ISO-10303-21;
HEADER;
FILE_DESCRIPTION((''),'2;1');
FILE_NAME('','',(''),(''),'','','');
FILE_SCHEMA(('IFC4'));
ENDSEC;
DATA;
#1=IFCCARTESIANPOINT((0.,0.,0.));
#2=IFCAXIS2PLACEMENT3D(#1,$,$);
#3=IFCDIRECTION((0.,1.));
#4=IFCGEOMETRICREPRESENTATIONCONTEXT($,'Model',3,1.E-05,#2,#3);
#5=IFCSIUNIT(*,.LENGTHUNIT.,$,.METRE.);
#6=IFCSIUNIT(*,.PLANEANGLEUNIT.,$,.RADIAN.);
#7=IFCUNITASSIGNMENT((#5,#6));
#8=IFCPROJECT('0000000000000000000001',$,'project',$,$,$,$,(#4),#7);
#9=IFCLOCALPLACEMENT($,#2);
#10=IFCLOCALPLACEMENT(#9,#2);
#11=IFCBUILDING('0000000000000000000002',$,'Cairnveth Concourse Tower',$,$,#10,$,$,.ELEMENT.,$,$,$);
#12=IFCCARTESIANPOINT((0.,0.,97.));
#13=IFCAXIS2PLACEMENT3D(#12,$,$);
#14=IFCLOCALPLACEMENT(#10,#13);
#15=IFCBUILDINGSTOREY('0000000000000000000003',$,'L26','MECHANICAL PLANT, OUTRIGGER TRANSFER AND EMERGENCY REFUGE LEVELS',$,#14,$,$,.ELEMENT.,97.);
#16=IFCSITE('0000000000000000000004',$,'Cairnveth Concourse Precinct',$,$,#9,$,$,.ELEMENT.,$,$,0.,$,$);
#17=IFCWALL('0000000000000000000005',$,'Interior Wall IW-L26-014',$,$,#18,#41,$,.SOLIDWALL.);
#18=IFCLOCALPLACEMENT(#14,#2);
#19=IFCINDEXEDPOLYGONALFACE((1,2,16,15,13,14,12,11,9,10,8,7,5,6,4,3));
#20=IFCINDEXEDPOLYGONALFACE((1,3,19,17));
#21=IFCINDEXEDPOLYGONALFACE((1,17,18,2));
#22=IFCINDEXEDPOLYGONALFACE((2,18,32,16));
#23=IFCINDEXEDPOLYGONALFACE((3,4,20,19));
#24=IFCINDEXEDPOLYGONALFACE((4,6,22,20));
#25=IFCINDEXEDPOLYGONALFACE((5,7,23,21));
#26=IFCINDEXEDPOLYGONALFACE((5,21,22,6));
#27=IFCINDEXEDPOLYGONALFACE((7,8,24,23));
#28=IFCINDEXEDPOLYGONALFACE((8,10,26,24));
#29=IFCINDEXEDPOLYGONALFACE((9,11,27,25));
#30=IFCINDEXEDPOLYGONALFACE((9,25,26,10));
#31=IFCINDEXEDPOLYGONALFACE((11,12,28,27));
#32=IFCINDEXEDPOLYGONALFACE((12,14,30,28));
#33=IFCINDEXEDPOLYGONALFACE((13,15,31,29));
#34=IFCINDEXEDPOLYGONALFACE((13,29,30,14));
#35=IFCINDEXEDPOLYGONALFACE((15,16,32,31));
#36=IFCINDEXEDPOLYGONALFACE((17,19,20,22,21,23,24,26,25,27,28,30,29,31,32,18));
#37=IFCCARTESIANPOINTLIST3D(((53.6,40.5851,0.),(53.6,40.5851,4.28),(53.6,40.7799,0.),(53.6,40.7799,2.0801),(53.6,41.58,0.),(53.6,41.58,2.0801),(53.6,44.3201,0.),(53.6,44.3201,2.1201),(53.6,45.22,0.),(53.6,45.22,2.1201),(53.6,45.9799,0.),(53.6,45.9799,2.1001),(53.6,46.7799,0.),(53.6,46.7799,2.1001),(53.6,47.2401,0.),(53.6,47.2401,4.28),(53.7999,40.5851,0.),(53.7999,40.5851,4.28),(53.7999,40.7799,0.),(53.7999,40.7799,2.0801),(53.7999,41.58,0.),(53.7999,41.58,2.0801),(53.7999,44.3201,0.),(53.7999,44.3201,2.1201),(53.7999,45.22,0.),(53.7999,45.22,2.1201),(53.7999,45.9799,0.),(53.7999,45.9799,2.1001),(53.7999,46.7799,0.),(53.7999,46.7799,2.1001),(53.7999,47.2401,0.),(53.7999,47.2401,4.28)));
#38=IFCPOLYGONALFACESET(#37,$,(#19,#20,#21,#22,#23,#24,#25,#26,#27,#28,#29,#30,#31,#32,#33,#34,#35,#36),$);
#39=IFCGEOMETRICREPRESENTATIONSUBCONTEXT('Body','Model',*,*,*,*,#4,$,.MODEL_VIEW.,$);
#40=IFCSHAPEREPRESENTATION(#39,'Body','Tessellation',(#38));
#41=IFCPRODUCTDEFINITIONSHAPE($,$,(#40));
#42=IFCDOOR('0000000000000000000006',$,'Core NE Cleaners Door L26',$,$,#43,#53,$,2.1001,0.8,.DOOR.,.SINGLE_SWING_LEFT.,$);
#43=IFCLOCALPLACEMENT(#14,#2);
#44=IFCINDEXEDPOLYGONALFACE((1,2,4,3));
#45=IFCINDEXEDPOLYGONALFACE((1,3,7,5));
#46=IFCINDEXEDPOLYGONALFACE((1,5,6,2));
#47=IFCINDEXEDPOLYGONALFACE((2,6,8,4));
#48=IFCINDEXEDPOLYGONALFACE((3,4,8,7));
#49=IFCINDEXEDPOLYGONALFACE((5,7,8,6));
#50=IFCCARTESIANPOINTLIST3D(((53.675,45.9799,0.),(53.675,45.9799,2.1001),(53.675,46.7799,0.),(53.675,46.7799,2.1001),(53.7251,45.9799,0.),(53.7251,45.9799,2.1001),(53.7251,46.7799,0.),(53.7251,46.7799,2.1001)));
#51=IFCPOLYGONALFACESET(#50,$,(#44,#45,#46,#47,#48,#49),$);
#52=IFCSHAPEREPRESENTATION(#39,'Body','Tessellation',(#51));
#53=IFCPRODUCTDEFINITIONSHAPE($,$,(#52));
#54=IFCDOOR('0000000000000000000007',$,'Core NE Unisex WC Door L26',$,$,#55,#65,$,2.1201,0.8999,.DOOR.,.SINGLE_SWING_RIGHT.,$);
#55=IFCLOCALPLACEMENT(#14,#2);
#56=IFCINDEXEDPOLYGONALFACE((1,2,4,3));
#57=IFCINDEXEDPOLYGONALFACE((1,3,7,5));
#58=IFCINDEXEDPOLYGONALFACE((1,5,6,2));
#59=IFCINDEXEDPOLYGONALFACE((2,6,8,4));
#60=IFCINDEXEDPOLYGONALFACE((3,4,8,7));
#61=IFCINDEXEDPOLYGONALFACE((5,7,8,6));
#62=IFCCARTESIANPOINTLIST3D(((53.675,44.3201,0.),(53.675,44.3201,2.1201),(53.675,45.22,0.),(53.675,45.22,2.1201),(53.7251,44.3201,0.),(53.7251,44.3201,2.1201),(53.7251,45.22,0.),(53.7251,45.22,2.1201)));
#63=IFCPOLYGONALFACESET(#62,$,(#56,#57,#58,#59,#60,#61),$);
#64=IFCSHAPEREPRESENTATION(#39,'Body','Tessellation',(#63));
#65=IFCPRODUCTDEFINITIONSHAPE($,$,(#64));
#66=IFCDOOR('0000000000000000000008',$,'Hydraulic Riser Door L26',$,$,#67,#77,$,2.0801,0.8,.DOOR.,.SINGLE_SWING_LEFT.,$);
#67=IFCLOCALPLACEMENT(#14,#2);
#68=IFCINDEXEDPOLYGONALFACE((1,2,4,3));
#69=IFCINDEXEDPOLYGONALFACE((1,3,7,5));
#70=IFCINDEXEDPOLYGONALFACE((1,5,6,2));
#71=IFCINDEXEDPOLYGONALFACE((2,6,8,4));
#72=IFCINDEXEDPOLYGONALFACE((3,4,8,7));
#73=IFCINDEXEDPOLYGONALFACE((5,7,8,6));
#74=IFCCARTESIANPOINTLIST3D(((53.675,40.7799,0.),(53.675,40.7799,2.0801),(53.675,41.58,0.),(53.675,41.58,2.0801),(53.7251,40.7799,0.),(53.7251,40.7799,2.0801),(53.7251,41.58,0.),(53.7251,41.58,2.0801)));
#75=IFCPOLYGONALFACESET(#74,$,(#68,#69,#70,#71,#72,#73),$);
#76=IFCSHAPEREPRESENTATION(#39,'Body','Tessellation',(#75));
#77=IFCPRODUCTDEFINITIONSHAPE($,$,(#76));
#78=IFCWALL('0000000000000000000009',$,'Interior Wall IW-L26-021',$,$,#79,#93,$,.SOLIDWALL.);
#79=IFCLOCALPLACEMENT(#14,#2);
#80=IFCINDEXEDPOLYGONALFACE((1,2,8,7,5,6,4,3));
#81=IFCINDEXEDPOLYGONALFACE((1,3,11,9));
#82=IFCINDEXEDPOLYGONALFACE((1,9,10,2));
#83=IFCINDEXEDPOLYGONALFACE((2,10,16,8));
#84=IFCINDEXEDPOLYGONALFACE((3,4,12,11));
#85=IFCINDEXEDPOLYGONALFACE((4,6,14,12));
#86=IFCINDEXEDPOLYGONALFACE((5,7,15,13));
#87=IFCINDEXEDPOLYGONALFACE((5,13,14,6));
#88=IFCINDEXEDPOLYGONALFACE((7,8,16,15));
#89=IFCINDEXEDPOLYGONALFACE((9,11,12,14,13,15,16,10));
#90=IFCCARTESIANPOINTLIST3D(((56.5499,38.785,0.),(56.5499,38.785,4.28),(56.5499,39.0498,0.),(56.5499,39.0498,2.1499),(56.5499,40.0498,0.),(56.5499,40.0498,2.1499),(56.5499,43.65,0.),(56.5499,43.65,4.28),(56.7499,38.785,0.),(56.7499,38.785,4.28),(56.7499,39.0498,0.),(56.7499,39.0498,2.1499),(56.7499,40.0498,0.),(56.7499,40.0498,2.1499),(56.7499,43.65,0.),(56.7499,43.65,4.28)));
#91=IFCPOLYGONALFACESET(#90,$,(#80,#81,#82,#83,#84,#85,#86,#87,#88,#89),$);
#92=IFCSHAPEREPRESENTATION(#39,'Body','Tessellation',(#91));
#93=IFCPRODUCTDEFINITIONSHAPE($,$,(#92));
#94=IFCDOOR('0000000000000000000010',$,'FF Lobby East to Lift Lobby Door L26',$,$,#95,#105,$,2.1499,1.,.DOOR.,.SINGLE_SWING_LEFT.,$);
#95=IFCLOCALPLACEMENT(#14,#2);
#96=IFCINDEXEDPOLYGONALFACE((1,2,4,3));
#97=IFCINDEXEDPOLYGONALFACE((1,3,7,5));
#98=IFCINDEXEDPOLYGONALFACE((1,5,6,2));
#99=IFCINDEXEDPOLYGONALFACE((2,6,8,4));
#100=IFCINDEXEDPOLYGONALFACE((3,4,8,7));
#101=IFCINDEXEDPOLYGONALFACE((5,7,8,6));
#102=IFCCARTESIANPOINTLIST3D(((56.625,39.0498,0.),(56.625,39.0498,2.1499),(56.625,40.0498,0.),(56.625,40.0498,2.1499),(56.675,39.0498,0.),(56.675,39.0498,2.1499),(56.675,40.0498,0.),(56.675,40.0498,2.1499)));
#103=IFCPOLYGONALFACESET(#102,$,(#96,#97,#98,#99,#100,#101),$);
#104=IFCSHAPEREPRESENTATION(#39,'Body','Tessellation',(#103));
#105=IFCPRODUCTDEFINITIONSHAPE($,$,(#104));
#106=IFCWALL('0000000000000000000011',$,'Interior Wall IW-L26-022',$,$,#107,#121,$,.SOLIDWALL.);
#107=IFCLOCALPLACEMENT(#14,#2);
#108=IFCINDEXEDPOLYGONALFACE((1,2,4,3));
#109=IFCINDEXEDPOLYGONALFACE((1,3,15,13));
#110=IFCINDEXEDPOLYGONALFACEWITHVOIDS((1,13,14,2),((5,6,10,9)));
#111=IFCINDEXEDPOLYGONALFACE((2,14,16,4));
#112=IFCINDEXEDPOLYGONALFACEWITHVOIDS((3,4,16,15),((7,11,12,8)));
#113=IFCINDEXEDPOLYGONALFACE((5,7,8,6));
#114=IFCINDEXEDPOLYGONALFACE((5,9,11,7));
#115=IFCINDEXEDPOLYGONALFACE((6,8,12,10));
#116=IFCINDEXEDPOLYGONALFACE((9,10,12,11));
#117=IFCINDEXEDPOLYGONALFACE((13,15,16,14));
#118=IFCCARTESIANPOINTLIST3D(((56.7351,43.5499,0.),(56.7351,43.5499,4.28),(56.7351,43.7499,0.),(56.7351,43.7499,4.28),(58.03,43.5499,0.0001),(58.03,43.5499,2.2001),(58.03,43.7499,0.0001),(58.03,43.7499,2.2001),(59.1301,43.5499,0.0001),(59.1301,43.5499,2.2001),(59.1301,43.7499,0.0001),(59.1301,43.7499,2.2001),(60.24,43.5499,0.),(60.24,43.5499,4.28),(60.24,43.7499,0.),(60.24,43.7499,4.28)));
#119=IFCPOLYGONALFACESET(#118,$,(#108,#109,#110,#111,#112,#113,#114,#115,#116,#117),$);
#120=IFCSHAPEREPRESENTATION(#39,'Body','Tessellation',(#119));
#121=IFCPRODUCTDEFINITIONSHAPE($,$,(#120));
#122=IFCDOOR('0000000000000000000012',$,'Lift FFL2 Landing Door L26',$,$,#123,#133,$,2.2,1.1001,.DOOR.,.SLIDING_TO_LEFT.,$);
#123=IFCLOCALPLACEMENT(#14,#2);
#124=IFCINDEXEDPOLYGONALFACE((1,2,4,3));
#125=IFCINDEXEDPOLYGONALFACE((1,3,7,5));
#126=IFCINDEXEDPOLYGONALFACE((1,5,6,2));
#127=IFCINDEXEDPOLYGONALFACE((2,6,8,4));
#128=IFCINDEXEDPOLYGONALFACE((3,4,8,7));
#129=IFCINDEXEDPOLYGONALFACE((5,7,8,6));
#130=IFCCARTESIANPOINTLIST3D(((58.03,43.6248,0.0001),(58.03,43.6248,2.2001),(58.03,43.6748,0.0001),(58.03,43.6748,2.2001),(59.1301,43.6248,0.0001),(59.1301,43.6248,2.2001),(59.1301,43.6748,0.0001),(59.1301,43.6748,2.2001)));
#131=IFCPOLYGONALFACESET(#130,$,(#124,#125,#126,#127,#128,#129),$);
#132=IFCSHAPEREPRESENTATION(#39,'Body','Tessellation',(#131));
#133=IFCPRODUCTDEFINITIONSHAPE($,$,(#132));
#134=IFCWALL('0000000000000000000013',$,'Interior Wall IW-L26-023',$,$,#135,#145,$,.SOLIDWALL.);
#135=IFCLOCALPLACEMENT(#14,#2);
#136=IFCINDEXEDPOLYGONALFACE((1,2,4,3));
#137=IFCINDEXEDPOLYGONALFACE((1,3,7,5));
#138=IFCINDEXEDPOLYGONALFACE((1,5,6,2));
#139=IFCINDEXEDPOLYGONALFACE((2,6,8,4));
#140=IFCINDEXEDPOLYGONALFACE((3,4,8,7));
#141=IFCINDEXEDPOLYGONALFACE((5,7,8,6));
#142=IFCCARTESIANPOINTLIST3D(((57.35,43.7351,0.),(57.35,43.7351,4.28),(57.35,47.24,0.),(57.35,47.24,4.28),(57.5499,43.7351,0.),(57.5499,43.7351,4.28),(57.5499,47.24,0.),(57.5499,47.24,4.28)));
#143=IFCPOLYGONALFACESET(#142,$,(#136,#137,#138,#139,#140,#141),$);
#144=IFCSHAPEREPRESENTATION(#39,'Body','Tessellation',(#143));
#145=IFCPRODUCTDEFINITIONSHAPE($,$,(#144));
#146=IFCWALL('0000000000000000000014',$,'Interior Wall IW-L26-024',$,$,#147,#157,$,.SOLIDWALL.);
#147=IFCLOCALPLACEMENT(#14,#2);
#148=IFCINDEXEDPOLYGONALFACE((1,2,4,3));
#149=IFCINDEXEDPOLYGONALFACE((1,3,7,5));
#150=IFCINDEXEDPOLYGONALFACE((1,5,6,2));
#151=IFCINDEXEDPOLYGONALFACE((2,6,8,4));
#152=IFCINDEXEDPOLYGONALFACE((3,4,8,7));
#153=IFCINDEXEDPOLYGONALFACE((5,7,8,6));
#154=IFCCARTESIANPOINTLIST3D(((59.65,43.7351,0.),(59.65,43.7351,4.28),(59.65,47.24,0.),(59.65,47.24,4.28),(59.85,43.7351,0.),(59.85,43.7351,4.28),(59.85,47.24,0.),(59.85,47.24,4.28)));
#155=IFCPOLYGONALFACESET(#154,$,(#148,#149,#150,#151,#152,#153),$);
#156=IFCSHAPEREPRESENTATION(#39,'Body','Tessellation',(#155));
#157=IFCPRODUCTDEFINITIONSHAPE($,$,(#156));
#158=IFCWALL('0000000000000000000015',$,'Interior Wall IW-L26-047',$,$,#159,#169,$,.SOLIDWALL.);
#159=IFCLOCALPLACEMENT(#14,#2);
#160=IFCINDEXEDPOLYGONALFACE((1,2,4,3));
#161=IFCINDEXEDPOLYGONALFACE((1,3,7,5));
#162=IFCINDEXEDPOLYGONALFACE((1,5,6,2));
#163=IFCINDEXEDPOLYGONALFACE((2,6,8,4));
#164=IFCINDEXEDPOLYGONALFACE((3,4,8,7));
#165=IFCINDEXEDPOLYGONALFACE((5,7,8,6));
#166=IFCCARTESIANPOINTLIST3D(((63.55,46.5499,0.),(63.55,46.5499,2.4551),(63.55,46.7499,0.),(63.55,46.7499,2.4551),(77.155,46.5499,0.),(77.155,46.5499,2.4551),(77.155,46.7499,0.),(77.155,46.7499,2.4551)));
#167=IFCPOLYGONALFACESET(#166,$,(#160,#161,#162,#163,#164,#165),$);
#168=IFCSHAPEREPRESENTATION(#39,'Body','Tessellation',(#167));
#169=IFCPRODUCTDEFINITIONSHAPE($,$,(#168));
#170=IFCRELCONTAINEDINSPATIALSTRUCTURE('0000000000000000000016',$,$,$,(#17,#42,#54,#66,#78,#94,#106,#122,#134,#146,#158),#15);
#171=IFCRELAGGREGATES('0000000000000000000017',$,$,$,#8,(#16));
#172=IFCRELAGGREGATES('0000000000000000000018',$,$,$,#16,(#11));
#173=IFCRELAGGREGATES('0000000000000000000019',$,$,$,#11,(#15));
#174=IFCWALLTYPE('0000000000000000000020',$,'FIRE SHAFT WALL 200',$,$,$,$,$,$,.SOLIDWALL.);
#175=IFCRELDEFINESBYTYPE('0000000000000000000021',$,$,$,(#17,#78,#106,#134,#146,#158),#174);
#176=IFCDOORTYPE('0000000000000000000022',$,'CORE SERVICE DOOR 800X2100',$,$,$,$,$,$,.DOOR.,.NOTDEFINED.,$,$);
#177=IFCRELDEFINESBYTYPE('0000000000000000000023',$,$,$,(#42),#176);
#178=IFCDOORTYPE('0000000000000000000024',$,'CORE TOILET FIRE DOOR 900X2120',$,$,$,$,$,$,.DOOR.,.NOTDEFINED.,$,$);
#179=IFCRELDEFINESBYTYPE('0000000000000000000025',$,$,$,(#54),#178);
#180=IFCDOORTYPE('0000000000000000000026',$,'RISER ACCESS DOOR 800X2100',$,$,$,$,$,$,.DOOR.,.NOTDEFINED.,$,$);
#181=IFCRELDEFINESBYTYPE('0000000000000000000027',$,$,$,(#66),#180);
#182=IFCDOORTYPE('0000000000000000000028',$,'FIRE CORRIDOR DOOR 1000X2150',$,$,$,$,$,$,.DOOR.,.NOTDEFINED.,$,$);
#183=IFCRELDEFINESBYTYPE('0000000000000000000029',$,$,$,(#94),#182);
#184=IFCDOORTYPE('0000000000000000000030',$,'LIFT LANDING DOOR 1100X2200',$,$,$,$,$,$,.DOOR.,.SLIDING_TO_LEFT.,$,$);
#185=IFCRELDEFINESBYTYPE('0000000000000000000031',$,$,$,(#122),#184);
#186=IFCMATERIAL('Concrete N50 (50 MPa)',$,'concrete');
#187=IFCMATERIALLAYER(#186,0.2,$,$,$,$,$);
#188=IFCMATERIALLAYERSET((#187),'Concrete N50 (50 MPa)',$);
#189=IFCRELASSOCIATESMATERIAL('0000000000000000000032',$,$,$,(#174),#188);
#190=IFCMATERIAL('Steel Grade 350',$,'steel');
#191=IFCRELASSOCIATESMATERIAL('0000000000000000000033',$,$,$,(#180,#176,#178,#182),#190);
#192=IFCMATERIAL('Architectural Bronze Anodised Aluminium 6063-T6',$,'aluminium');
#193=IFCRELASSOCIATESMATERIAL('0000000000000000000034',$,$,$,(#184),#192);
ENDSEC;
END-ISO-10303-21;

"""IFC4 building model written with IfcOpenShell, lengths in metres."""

from ifc_helpers import new_model, si_unit, direction, frame, frame_2d, origin, place, context, subcontext, project, spatial, rectangle, extrude, material, layer, layer_set, type_object, element, fill, save


model = new_model("IFC4")

# Units and contexts
model_context = context("Model", 3, precision=1e-05, world=origin(), true_north=direction((0.0, 1.0)))
body_context = subcontext(model_context, "Body", "Model", "MODEL_VIEW")
ifc_project = project(units=[si_unit("LENGTHUNIT", "METRE"), si_unit("PLANEANGLEUNIT", "RADIAN")], contexts=[model_context])

# Site, building, storey
site_placement = place(None, origin())
site = spatial("IfcSite", under=ifc_project, at=site_placement, Name="Cairnveth Concourse Precinct", CompositionType="ELEMENT", RefElevation=0.0)
building_placement = place(site_placement, origin())
building = spatial("IfcBuilding", under=site, at=building_placement, Name="Cairnveth Concourse Tower", CompositionType="ELEMENT")
storey_placement = place(building_placement, frame((0.0, 0.0, 97.0)))
storey = spatial("IfcBuildingStorey", under=building, at=storey_placement, Name="L26", Description="MECHANICAL PLANT, OUTRIGGER TRANSFER AND EMERGENCY REFUGE LEVELS", CompositionType="ELEMENT", Elevation=97.0)

# Shared definitions
ifc_material_1 = material(Name="Concrete N50 (50 MPa)", Category="concrete")
ifc_layer_1 = layer(ifc_material_1, 0.2)
ifc_layer_set_1 = layer_set([ifc_layer_1], Name="Concrete N50 (50 MPa)")
wall_type_1 = type_object("IfcWallType", Name="FIRE SHAFT WALL 200", PredefinedType="SOLIDWALL", material=ifc_layer_set_1)

# Shared definitions
ifc_material_2 = material(Name="Steel Grade 350", Category="steel")
door_type_1 = type_object("IfcDoorType", Name="RISER ACCESS DOOR 800X2100", OperationType="NOTDEFINED", PredefinedType="DOOR", material=ifc_material_2)

# Wall, openings, doors
wall_1_placement = place(storey_placement, frame((53.7, 40.585, 0.0), z_axis=(0.0, 0.0, 1.0), x_axis=(0.0, 1.0, 0.0)))
wall_1 = element("IfcWall", 1, at=wall_1_placement, inside=storey, type_object=wall_type_1, Name="Interior Wall IW-L26-014", PredefinedType="SOLIDWALL", context=body_context, shape_type="SweptSolid", body=[
    extrude(rectangle(XDim=6.655, YDim=0.2, at=frame_2d((3.3276, 0.0))), origin(), (0.0, 0.0, 1.0), 4.28),
])
opening_1_placement = place(wall_1_placement, frame((0.1951, 0.0, 0.0)))
opening_1 = element("IfcOpeningElement", 2, at=opening_1_placement, cuts=wall_1, PredefinedType="OPENING", context=body_context, shape_type="SweptSolid", body=[
    extrude(rectangle(XDim=0.8, YDim=2.0801, at=frame_2d((0.3999, 1.04))), frame((0.0, 0.1099, 0.0), z_axis=(0.0, -1.0, 0.0), x_axis=(1.0, 0.0, 0.0)), (0.0, 0.0, 1.0), 0.22),
])
opening_2_placement = place(wall_1_placement, frame((3.7351, 0.0, 0.0)))
opening_2 = element("IfcOpeningElement", 3, at=opening_2_placement, cuts=wall_1, PredefinedType="OPENING", context=body_context, shape_type="SweptSolid", body=[
    extrude(rectangle(XDim=0.8999, YDim=2.1201, at=frame_2d((0.45, 1.0601))), frame((0.0, 0.1099, 0.0), z_axis=(0.0, -1.0, 0.0), x_axis=(1.0, 0.0, 0.0)), (0.0, 0.0, 1.0), 0.22),
])
opening_3_placement = place(wall_1_placement, frame((5.395, 0.0, 0.0)))
opening_3 = element("IfcOpeningElement", 4, at=opening_3_placement, cuts=wall_1, PredefinedType="OPENING", context=body_context, shape_type="SweptSolid", body=[
    extrude(rectangle(XDim=0.8, YDim=2.1001, at=frame_2d((0.3999, 1.05))), frame((0.0, 0.1099, 0.0), z_axis=(0.0, -1.0, 0.0), x_axis=(1.0, 0.0, 0.0)), (0.0, 0.0, 1.0), 0.22),
])
door_type_2 = type_object("IfcDoorType", Name="CORE SERVICE DOOR 800X2100", OperationType="NOTDEFINED", PredefinedType="DOOR", material=ifc_material_2)
door_1_placement = place(opening_3_placement, origin())
door_1 = element("IfcDoor", 5, at=door_1_placement, inside=storey, type_object=door_type_2, Name="Core NE Cleaners Door L26", OperationType="SINGLE_SWING_LEFT", OverallHeight=2.1001, OverallWidth=0.8, PredefinedType="DOOR", context=body_context, shape_type="SweptSolid", body=[
    extrude(rectangle(XDim=0.8, YDim=2.1001, at=frame_2d((0.3999, 1.05))), frame((0.0, 0.0249, 0.0), z_axis=(0.0, -1.0, 0.0), x_axis=(1.0, 0.0, 0.0)), (0.0, 0.0, 1.0), 0.05),
])
fill(opening_3, door_1)
door_type_3 = type_object("IfcDoorType", Name="CORE TOILET FIRE DOOR 900X2120", OperationType="NOTDEFINED", PredefinedType="DOOR", material=ifc_material_2)
door_2_placement = place(opening_2_placement, origin())
door_2 = element("IfcDoor", 6, at=door_2_placement, inside=storey, type_object=door_type_3, Name="Core NE Unisex WC Door L26", OperationType="SINGLE_SWING_RIGHT", OverallHeight=2.1201, OverallWidth=0.8999, PredefinedType="DOOR", context=body_context, shape_type="SweptSolid", body=[
    extrude(rectangle(XDim=0.8999, YDim=2.1201, at=frame_2d((0.45, 1.0601))), frame((0.0, 0.0249, 0.0), z_axis=(0.0, -1.0, 0.0), x_axis=(1.0, 0.0, 0.0)), (0.0, 0.0, 1.0), 0.05),
])
fill(opening_2, door_2)
door_3_placement = place(opening_1_placement, origin())
door_3 = element("IfcDoor", 7, at=door_3_placement, inside=storey, type_object=door_type_1, Name="Hydraulic Riser Door L26", OperationType="SINGLE_SWING_LEFT", OverallHeight=2.0801, OverallWidth=0.8, PredefinedType="DOOR", context=body_context, shape_type="SweptSolid", body=[
    extrude(rectangle(XDim=0.8, YDim=2.0801, at=frame_2d((0.3999, 1.04))), frame((0.0, 0.0249, 0.0), z_axis=(0.0, -1.0, 0.0), x_axis=(1.0, 0.0, 0.0)), (0.0, 0.0, 1.0), 0.05),
])
fill(opening_1, door_3)

# Walls, openings, doors
wall_2_placement = place(storey_placement, frame((56.6499, 38.7849, 0.0), z_axis=(0.0, 0.0, 1.0), x_axis=(0.0, 1.0, 0.0)))
wall_2 = element("IfcWall", 8, at=wall_2_placement, inside=storey, type_object=wall_type_1, Name="Interior Wall IW-L26-021", PredefinedType="SOLIDWALL", context=body_context, shape_type="SweptSolid", body=[
    extrude(rectangle(XDim=4.865, YDim=0.2, at=frame_2d((2.4326, 0.0))), origin(), (0.0, 0.0, 1.0), 4.28),
])
opening_4_placement = place(wall_2_placement, frame((0.2649, 0.0, 0.0)))
opening_4 = element("IfcOpeningElement", 9, at=opening_4_placement, cuts=wall_2, PredefinedType="OPENING", context=body_context, shape_type="SweptSolid", body=[
    extrude(rectangle(XDim=1.0, YDim=2.1499, at=frame_2d((0.5, 1.075))), frame((0.0, 0.1099, 0.0), z_axis=(0.0, -1.0, 0.0), x_axis=(1.0, 0.0, 0.0)), (0.0, 0.0, 1.0), 0.22),
])
door_type_4 = type_object("IfcDoorType", Name="FIRE CORRIDOR DOOR 1000X2150", OperationType="NOTDEFINED", PredefinedType="DOOR", material=ifc_material_2)
door_4_placement = place(opening_4_placement, origin())
door_4 = element("IfcDoor", 10, at=door_4_placement, inside=storey, type_object=door_type_4, Name="FF Lobby East to Lift Lobby Door L26", OperationType="SINGLE_SWING_LEFT", OverallHeight=2.1499, OverallWidth=1.0, PredefinedType="DOOR", context=body_context, shape_type="SweptSolid", body=[
    extrude(rectangle(XDim=1.0, YDim=2.1499, at=frame_2d((0.5, 1.075))), frame((0.0, 0.0249, 0.0), z_axis=(0.0, -1.0, 0.0), x_axis=(1.0, 0.0, 0.0)), (0.0, 0.0, 1.0), 0.05),
])
fill(opening_4, door_4)
wall_3_placement = place(storey_placement, frame((56.7351, 43.6499, 0.0), z_axis=(0.0, 0.0, 1.0), x_axis=(1.0, 0.0, 0.0)))
wall_3 = element("IfcWall", 11, at=wall_3_placement, inside=storey, type_object=wall_type_1, Name="Interior Wall IW-L26-022", PredefinedType="SOLIDWALL", context=body_context, shape_type="SweptSolid", body=[
    extrude(rectangle(XDim=3.5049, YDim=0.2, at=frame_2d((1.7524, 0.0))), origin(), (0.0, 0.0, 1.0), 4.28),
])
opening_5_placement = place(wall_3_placement, frame((1.2949, 0.0, 0.0)))
opening_5 = element("IfcOpeningElement", 12, at=opening_5_placement, cuts=wall_3, PredefinedType="OPENING", context=body_context, shape_type="SweptSolid", body=[
    extrude(rectangle(XDim=1.1001, YDim=2.2, at=frame_2d((0.55, 1.1001))), frame((0.0, 0.1099, 0.0), z_axis=(0.0, -1.0, 0.0), x_axis=(1.0, 0.0, 0.0)), (0.0, 0.0, 1.0), 0.22),
])
ifc_material_3 = material(Name="Architectural Bronze Anodised Aluminium 6063-T6", Category="aluminium")
door_type_5 = type_object("IfcDoorType", Name="LIFT LANDING DOOR 1100X2200", OperationType="SLIDING_TO_LEFT", PredefinedType="DOOR", material=ifc_material_3)
door_5_placement = place(opening_5_placement, origin())
door_5 = element("IfcDoor", 13, at=door_5_placement, inside=storey, type_object=door_type_5, Name="Lift FFL2 Landing Door L26", OperationType="SLIDING_TO_LEFT", OverallHeight=2.2, OverallWidth=1.1001, PredefinedType="DOOR", context=body_context, shape_type="SweptSolid", body=[
    extrude(rectangle(XDim=1.1001, YDim=2.2, at=frame_2d((0.55, 1.1001))), frame((0.0, 0.0249, 0.0), z_axis=(0.0, -1.0, 0.0), x_axis=(1.0, 0.0, 0.0)), (0.0, 0.0, 1.0), 0.05),
])
fill(opening_5, door_5)

# Walls
for number, where, z_axis, x_axis, name in (
    (14, (57.45, 43.7351, 0.0), (0.0, 0.0, 1.0), (0.0, 1.0, 0.0), "Interior Wall IW-L26-023"),
    (15, (59.75, 43.7351, 0.0), (0.0, 0.0, 1.0), (0.0, 1.0, 0.0), "Interior Wall IW-L26-024"),
):
    element("IfcWall", number, at=place(storey_placement, frame(where, z_axis=z_axis, x_axis=x_axis)), inside=storey, type_object=wall_type_1, Name=name, PredefinedType="SOLIDWALL", context=body_context, shape_type="SweptSolid", body=[
        extrude(rectangle(XDim=3.5049, YDim=0.2, at=frame_2d((1.7524, 0.0))), origin(), (0.0, 0.0, 1.0), 4.28),
    ])
wall_4_placement = place(storey_placement, frame((63.55, 46.6499, 0.0), z_axis=(0.0, 0.0, 1.0), x_axis=(1.0, 0.0, 0.0)))
element("IfcWall", 16, at=wall_4_placement, inside=storey, type_object=wall_type_1, Name="Interior Wall IW-L26-047", PredefinedType="SOLIDWALL", context=body_context, shape_type="SweptSolid", body=[
    extrude(rectangle(XDim=13.605, YDim=0.2, at=frame_2d((6.8025, 0.0))), origin(), (0.0, 0.0, 1.0), 2.4551),
])

save(model, "model.ifc")
